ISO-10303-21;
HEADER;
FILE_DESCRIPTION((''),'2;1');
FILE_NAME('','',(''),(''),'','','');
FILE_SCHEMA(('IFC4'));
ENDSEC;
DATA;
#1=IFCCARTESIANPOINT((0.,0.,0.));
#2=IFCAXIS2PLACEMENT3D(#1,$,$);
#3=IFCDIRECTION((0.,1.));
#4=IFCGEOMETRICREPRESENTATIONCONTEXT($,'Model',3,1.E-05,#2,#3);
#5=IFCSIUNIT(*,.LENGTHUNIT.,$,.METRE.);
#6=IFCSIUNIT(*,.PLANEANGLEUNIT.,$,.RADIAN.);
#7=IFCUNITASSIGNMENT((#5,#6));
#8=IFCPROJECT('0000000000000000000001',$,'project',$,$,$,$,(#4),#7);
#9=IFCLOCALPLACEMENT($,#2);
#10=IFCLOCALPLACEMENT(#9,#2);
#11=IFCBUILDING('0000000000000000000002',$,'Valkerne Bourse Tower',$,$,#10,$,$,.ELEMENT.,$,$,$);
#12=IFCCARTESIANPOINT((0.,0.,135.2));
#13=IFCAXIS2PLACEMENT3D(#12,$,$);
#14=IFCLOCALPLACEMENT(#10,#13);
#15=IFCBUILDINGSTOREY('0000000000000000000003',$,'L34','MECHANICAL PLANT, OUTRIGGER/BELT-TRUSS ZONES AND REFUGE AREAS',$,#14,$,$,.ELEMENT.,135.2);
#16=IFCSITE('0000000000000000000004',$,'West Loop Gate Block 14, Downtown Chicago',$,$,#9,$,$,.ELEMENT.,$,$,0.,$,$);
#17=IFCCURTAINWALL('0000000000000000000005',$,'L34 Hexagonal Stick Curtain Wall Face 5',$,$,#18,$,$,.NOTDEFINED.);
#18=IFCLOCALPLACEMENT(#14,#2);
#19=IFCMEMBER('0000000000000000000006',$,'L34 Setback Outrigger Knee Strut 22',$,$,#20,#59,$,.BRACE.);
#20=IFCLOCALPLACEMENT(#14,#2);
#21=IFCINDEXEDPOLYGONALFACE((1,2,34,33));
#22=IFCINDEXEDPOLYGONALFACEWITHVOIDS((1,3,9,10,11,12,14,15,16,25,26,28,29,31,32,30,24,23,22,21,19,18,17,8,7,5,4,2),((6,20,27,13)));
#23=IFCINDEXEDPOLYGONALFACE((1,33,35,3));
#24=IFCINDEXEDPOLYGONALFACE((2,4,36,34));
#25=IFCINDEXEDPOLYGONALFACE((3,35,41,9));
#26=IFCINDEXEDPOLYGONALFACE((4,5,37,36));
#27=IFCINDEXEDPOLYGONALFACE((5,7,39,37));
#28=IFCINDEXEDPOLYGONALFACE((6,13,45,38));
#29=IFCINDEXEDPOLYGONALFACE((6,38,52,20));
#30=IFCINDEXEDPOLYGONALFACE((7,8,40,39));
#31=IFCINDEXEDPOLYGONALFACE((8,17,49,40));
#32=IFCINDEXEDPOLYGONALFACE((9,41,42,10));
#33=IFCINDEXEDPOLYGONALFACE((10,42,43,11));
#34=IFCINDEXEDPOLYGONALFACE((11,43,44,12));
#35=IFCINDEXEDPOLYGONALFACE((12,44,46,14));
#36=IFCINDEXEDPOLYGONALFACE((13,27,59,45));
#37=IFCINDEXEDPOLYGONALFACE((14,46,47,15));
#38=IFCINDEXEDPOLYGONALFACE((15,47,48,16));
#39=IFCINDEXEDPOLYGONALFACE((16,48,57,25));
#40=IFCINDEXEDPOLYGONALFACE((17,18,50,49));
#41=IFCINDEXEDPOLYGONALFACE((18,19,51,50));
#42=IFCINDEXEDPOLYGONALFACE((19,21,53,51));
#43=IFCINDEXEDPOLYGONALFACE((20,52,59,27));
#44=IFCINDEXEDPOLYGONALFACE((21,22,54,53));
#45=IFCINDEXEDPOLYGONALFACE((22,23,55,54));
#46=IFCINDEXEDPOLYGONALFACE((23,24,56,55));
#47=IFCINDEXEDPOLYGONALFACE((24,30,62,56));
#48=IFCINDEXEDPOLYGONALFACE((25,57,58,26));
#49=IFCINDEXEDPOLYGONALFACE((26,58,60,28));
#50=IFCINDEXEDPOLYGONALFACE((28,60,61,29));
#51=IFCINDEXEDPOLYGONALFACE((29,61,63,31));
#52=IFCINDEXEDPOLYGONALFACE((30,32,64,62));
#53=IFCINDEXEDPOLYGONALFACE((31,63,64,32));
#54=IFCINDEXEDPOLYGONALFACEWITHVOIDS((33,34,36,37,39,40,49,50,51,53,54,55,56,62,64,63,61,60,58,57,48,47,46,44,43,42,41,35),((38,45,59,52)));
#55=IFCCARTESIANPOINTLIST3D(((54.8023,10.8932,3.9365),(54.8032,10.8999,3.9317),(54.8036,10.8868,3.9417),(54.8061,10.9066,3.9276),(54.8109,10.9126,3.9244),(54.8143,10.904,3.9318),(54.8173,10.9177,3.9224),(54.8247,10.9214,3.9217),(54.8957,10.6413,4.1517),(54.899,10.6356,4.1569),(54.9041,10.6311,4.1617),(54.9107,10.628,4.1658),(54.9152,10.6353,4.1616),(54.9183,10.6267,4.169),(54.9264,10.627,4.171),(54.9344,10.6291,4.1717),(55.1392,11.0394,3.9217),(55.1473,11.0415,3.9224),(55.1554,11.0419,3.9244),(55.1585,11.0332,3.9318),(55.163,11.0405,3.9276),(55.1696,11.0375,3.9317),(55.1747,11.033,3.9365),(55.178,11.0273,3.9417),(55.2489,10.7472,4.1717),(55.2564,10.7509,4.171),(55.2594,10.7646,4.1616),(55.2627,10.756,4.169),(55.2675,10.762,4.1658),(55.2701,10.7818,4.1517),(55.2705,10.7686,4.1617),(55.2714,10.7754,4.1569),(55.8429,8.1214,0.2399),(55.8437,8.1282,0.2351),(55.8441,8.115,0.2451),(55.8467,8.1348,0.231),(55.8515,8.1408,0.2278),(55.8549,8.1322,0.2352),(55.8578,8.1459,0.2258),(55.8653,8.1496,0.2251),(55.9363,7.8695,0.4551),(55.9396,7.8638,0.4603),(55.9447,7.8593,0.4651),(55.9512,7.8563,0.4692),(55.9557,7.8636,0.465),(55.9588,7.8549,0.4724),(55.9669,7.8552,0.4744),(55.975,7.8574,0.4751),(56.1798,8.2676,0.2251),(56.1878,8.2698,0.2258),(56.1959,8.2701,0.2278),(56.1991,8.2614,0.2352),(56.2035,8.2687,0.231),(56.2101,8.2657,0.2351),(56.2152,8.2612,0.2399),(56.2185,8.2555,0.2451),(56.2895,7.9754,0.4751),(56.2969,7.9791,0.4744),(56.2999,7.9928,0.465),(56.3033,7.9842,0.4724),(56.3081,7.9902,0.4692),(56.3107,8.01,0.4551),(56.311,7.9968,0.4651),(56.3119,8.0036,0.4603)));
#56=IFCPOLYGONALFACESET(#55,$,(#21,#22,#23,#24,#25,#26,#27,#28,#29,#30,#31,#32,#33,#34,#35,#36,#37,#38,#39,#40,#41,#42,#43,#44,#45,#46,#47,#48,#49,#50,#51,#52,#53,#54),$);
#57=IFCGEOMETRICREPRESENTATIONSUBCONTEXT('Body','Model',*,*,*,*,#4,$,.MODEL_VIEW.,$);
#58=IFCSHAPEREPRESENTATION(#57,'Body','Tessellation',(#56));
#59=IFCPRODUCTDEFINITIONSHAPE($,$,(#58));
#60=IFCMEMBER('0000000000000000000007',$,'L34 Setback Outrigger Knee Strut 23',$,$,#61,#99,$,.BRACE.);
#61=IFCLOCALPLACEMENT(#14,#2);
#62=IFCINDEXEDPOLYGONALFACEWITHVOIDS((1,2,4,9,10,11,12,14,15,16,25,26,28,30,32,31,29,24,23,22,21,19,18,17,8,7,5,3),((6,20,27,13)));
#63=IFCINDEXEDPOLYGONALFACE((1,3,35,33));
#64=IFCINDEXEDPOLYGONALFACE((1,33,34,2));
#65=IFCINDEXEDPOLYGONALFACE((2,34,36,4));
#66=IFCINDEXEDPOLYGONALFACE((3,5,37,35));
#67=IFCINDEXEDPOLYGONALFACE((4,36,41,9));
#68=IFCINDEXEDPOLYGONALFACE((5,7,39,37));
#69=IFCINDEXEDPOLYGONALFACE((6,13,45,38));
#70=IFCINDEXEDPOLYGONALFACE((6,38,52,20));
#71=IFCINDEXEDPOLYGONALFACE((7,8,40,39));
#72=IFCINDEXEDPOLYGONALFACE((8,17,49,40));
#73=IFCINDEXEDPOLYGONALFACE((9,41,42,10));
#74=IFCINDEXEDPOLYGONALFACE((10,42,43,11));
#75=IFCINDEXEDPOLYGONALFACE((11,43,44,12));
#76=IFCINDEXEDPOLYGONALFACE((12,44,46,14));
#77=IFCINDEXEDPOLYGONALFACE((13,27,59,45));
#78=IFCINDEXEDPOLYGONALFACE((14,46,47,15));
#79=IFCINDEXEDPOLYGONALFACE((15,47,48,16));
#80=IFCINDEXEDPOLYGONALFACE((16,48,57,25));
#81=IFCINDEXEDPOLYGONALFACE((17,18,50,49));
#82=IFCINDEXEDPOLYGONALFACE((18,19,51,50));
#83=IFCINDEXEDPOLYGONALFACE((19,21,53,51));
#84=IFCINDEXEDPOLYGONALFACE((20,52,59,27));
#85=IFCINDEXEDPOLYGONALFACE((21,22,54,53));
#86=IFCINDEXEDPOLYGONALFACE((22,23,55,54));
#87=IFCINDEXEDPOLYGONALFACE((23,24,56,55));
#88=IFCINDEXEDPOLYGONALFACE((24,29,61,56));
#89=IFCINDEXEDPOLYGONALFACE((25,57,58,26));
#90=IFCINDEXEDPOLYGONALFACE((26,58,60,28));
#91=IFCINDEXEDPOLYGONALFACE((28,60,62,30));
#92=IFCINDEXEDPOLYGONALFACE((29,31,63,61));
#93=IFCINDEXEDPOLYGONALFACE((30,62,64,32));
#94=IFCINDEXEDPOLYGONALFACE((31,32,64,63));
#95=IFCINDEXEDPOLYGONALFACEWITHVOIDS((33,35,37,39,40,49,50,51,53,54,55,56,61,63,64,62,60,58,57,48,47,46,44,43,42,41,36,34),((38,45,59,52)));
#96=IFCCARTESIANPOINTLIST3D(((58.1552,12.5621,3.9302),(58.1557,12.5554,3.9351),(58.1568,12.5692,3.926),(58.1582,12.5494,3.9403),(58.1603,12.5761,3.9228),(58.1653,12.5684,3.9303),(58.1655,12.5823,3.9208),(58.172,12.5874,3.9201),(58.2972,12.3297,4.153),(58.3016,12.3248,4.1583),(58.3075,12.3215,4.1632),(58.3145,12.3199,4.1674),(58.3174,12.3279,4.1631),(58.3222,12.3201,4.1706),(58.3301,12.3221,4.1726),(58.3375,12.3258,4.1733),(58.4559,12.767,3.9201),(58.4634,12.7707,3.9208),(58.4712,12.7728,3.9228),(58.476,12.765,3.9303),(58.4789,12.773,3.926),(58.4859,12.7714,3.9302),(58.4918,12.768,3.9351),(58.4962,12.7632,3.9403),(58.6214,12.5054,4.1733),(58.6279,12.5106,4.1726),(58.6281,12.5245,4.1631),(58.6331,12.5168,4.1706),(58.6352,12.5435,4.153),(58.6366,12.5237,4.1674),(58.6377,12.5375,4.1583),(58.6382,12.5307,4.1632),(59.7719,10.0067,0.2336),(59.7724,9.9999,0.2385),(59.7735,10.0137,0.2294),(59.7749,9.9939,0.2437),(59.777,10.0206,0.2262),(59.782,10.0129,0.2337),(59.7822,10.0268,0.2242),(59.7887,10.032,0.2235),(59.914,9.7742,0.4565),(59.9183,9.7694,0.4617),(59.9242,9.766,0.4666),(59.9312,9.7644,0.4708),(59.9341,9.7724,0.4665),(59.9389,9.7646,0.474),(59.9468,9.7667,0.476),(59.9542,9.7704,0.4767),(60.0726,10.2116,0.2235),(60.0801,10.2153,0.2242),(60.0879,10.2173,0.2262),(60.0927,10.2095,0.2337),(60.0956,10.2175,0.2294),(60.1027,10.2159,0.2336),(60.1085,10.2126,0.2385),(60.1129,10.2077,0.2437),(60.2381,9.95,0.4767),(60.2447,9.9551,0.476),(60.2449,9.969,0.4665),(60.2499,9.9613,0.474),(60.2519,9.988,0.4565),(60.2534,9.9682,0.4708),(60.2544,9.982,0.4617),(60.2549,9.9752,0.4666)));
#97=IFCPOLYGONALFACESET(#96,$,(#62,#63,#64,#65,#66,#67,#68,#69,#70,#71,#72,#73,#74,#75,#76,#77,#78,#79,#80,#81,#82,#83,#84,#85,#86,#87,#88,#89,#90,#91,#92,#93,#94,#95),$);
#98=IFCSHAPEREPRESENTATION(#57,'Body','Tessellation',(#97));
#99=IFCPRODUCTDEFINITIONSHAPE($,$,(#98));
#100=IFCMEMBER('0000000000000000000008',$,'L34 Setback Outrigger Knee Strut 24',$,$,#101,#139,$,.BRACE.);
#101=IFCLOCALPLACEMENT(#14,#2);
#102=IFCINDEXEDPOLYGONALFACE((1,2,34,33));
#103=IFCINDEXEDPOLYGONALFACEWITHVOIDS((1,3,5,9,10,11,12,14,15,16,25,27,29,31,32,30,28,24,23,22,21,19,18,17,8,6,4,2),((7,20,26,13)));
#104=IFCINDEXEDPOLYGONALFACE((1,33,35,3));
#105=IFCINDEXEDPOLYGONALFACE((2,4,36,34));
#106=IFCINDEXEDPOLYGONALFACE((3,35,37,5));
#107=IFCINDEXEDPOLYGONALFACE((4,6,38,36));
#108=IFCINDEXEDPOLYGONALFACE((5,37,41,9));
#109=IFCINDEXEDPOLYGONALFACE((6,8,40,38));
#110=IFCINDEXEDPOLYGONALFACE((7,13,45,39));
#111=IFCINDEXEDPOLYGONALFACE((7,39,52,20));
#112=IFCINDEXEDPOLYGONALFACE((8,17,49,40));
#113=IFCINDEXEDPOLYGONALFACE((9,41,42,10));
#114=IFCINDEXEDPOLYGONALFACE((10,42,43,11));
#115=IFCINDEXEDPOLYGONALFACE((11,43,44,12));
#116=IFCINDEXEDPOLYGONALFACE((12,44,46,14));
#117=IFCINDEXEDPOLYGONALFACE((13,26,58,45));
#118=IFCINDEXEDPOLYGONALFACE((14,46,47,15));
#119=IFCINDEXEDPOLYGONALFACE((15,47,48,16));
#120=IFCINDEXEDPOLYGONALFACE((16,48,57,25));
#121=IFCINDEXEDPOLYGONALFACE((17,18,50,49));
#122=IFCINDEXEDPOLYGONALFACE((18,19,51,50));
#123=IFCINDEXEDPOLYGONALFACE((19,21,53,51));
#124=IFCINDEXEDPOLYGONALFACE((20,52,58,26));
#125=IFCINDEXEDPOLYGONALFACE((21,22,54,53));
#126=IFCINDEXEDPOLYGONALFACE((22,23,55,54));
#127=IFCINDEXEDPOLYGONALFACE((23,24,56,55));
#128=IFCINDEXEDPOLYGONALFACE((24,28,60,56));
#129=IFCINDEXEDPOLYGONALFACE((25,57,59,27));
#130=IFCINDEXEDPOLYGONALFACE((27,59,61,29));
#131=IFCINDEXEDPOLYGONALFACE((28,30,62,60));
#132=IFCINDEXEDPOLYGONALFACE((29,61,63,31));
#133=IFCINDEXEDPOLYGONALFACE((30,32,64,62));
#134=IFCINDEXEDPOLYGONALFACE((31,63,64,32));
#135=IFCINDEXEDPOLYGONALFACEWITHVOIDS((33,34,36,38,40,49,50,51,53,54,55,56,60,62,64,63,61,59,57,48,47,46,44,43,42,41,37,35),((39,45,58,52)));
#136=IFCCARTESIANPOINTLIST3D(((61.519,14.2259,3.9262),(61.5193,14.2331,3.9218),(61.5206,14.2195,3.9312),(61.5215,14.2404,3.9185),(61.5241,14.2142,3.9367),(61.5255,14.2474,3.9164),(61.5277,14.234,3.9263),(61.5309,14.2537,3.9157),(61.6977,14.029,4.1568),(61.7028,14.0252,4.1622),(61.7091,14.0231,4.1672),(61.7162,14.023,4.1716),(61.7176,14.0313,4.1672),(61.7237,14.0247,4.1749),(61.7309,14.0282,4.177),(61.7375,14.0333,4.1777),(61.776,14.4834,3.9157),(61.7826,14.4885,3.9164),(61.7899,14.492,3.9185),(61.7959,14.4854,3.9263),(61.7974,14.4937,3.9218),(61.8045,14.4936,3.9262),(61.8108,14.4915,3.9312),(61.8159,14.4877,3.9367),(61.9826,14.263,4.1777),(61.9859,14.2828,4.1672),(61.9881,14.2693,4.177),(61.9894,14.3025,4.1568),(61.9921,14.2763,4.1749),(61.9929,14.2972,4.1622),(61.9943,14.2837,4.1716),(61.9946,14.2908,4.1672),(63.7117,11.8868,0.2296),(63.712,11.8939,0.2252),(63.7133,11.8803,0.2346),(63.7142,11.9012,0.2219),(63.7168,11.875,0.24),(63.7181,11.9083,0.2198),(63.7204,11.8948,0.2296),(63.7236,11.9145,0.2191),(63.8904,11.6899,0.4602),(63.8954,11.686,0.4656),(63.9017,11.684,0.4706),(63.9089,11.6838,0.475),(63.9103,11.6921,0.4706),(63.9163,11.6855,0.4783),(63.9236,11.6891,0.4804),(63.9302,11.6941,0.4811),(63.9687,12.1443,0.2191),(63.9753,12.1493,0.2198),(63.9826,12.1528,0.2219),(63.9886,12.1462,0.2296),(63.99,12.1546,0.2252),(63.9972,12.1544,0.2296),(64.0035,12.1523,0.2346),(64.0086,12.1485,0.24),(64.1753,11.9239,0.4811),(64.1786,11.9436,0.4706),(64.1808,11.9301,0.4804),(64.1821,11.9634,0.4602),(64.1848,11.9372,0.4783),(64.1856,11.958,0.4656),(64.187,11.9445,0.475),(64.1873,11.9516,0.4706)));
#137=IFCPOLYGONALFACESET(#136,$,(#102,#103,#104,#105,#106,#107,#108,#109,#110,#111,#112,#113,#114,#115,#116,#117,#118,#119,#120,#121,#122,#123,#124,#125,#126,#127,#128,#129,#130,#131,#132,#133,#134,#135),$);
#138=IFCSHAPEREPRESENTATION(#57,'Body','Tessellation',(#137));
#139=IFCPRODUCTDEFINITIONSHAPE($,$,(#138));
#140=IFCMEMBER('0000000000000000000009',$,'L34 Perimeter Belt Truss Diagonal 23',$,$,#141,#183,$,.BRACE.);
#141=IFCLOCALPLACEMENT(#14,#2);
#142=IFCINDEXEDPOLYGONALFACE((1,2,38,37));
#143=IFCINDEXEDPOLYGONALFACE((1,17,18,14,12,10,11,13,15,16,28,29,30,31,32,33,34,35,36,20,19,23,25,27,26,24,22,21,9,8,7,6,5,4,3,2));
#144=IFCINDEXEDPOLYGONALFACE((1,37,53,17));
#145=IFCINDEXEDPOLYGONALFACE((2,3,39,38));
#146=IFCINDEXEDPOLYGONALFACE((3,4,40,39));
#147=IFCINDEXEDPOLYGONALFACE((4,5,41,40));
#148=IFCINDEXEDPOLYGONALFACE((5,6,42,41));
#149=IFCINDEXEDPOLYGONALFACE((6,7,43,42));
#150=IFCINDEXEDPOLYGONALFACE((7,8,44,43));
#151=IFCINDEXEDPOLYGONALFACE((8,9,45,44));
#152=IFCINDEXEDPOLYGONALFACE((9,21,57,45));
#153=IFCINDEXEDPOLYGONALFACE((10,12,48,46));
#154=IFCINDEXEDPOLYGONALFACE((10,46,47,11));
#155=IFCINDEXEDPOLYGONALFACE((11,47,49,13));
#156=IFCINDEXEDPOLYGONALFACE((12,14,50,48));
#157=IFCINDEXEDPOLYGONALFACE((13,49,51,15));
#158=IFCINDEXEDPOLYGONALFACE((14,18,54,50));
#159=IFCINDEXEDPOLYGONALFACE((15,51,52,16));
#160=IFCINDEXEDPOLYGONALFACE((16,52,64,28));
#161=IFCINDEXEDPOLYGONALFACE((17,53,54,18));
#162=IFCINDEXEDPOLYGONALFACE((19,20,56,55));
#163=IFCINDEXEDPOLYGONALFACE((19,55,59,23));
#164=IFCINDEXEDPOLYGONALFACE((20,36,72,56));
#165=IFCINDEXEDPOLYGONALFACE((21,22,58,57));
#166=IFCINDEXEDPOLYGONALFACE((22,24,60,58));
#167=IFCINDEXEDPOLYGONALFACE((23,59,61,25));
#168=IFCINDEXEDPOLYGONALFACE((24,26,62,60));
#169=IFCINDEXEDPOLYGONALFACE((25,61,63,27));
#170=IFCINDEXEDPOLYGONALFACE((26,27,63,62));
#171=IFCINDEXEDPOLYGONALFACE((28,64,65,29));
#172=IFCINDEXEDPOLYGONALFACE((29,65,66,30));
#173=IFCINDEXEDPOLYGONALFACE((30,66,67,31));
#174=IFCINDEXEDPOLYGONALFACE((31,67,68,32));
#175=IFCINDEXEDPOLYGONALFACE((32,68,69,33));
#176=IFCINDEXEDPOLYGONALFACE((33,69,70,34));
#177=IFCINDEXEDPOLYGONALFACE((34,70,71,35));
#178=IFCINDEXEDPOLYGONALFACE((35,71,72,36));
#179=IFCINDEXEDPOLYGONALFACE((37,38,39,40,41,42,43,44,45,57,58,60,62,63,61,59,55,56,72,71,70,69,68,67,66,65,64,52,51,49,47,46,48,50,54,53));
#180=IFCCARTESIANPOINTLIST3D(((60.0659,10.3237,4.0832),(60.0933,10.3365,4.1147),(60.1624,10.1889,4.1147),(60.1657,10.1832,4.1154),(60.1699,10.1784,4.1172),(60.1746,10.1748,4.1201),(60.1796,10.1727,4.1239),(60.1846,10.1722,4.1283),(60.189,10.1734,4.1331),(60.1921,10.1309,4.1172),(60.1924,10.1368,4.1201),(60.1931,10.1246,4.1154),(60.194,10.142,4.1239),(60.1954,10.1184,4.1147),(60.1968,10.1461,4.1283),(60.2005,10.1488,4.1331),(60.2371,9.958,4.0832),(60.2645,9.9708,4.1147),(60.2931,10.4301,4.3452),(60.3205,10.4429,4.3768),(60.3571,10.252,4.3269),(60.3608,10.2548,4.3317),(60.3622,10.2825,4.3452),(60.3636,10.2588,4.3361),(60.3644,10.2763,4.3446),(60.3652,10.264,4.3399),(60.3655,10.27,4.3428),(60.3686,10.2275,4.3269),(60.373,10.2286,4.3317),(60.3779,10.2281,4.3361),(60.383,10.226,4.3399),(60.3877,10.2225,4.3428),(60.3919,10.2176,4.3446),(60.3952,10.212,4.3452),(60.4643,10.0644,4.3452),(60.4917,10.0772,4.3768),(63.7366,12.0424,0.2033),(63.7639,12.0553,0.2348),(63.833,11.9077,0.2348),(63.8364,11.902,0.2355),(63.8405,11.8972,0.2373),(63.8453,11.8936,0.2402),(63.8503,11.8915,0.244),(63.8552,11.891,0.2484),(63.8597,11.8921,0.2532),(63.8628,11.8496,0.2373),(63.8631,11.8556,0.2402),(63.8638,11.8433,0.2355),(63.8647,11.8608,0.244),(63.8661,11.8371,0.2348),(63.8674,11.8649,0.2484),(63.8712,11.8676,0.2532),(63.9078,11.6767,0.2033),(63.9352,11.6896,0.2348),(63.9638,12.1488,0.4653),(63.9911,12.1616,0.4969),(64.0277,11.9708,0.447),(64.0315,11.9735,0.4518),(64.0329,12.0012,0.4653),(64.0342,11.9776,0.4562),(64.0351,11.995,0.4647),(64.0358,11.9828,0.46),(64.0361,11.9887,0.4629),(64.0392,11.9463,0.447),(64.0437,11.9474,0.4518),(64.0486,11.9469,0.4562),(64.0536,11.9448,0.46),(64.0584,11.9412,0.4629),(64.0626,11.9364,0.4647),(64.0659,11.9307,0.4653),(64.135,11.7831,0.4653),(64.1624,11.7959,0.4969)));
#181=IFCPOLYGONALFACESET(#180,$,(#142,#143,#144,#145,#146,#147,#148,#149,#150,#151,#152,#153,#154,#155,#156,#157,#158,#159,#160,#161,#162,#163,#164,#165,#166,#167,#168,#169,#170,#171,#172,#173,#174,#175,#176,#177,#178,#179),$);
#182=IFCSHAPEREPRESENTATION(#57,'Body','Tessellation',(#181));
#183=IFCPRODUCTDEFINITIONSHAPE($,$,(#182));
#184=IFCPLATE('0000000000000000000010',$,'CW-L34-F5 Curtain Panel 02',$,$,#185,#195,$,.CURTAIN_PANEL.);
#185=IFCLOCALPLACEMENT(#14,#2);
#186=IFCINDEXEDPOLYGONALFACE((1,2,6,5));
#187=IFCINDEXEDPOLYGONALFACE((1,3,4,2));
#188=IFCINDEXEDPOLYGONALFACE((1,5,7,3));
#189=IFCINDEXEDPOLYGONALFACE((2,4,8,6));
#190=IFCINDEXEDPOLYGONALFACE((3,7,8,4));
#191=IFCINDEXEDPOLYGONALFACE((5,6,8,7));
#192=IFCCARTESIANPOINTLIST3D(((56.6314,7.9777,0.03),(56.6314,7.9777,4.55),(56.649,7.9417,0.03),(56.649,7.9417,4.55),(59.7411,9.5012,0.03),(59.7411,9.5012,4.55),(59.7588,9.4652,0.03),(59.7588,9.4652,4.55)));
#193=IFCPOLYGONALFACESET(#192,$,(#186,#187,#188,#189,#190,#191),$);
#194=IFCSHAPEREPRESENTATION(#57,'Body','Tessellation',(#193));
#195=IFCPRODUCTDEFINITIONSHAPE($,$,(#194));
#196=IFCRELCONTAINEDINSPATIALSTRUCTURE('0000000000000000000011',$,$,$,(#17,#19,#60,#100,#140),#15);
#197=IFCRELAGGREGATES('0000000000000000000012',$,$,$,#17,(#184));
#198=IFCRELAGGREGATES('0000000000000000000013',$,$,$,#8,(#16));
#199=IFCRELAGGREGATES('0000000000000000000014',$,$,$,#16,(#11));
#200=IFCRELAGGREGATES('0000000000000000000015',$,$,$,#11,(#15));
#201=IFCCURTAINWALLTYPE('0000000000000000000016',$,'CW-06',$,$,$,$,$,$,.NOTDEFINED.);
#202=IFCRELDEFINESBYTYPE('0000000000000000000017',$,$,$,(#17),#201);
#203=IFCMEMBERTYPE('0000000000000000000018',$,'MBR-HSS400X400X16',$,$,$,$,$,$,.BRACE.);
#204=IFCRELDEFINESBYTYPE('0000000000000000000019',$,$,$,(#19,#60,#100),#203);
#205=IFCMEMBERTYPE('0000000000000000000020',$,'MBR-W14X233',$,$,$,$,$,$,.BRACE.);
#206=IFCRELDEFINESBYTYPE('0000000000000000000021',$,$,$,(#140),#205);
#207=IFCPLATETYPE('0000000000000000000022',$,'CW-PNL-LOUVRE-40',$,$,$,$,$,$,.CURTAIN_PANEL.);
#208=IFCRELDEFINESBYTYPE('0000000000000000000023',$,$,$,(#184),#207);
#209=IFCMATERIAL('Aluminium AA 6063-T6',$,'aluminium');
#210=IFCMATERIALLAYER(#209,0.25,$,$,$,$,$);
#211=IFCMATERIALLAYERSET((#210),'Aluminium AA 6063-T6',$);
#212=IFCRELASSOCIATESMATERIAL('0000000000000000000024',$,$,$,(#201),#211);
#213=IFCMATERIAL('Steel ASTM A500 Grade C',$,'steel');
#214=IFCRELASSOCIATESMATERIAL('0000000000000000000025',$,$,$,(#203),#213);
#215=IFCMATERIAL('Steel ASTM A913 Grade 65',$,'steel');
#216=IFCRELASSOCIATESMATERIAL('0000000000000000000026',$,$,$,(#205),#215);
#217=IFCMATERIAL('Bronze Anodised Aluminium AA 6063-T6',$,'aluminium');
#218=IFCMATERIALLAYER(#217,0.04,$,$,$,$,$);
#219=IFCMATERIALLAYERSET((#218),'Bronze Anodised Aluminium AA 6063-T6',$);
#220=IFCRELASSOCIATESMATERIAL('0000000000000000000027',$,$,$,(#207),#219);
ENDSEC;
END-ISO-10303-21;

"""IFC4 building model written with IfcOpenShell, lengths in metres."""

from ifc_helpers import new_model, si_unit, direction, frame, origin, origin_2d, place, context, subcontext, project, spatial, rectangle, hollow_rectangle, i_section, extrude, material, layer, layer_set, material_profile, profile_set, type_object, element, aggregate, save


model = new_model("IFC4")

# Units and contexts
model_context = context("Model", 3, precision=1e-05, world=origin(), true_north=direction((0.0, 1.0)))
body_context = subcontext(model_context, "Body", "Model", "MODEL_VIEW")
ifc_project = project(units=[si_unit("LENGTHUNIT", "METRE"), si_unit("PLANEANGLEUNIT", "RADIAN")], contexts=[model_context])

# Site, building, storey
site_placement = place(None, origin())
site = spatial("IfcSite", under=ifc_project, at=site_placement, Name="West Loop Gate Block 14, Downtown Chicago", CompositionType="ELEMENT", RefElevation=0.0)
building_placement = place(site_placement, origin())
building = spatial("IfcBuilding", under=site, at=building_placement, Name="Valkerne Bourse Tower", CompositionType="ELEMENT")
storey_placement = place(building_placement, frame((0.0, 0.0, 135.2)))
storey = spatial("IfcBuildingStorey", under=building, at=storey_placement, Name="L34", Description="MECHANICAL PLANT, OUTRIGGER/BELT-TRUSS ZONES AND REFUGE AREAS", CompositionType="ELEMENT", Elevation=135.2)

# Shared definitions
ifc_material_1 = material(Name="Steel ASTM A913 Grade 65", Category="steel")

# Curtain wall
ifc_material_2 = material(Name="Aluminium AA 6063-T6", Category="aluminium")
ifc_layer_1 = layer(ifc_material_2, 0.25)
ifc_layer_set_1 = layer_set([ifc_layer_1], Name="Aluminium AA 6063-T6")
curtain_wall_type = type_object("IfcCurtainWallType", Name="CW-06", PredefinedType="NOTDEFINED", material=ifc_layer_set_1)
curtain_wall_1_placement = place(storey_placement, origin())
curtain_wall_1 = element("IfcCurtainWall", 1, at=curtain_wall_1_placement, inside=storey, type_object=curtain_wall_type, Name="L34 Hexagonal Stick Curtain Wall Face 5", PredefinedType="NOTDEFINED")

# Members
ifc_material_3 = material(Name="Steel ASTM A500 Grade C", Category="steel")
ifc_material_profile_1 = material_profile(ifc_material_3, hollow_rectangle(XDim=0.3999, YDim=0.3999, WallThickness=0.0161, OuterFilletRadius=0.032, at=origin_2d()), Name="HSS400X400X16")
ifc_profile_set_1 = profile_set([ifc_material_profile_1], Name="Steel ASTM A500 Grade C")
member_type_1 = type_object("IfcMemberType", Name="MBR-HSS400X400X16", PredefinedType="BRACE", material=ifc_profile_set_1)
member_1_placement = place(storey_placement, frame((56.0774, 8.0625, 0.3501), z_axis=(-0.219707, 0.585249, 0.780521), x_axis=(-0.936204, -0.351458, 0.0)))
element("IfcMember", 2, at=member_1_placement, inside=storey, type_object=member_type_1, Name="L34 Setback Outrigger Knee Strut 22", PredefinedType="BRACE", context=body_context, shape_type="SweptSolid", body=[
    extrude(hollow_rectangle(XDim=0.3999, YDim=0.3999, WallThickness=0.0161, OuterFilletRadius=0.032, at=origin_2d()), origin(), (0.0, 0.0, 1.0), 4.7361),
])
member_2_placement = place(storey_placement, frame((60.0134, 9.991, 0.3501), z_axis=(-0.338519, 0.535077, 0.774014), x_axis=(-0.845078, -0.534643, 0.0)))
element("IfcMember", 3, at=member_2_placement, inside=storey, type_object=member_type_1, Name="L34 Setback Outrigger Knee Strut 23", PredefinedType="BRACE", context=body_context, shape_type="SweptSolid", body=[
    extrude(hollow_rectangle(XDim=0.3999, YDim=0.3999, WallThickness=0.0161, OuterFilletRadius=0.032, at=origin_2d()), origin(), (0.0, 0.0, 1.0), 4.7759),
])
member_3_placement = place(storey_placement, frame((63.9495, 11.9192, 0.3501), z_axis=(-0.448097, 0.478033, 0.755443), x_axis=(-0.729582, -0.683893, 0.0)))
element("IfcMember", 4, at=member_3_placement, inside=storey, type_object=member_type_1, Name="L34 Setback Outrigger Knee Strut 24", PredefinedType="BRACE", context=body_context, shape_type="SweptSolid", body=[
    extrude(hollow_rectangle(XDim=0.3999, YDim=0.3999, WallThickness=0.0161, OuterFilletRadius=0.032, at=origin_2d()), origin(), (0.0, 0.0, 1.0), 4.8933),
])
ifc_material_profile_2 = material_profile(ifc_material_1, i_section(OverallWidth=0.4038, OverallDepth=0.4065, WebThickness=0.0271, FlangeThickness=0.0437, FilletRadius=0.0254, at=origin_2d()), Name="W14X233")
ifc_profile_set_2 = profile_set([ifc_material_profile_2], Name="Steel ASTM A913 Grade 65")
member_type_2 = type_object("IfcMemberType", Name="MBR-W14X233", PredefinedType="BRACE", material=ifc_profile_set_2)
member_4_placement = place(storey_placement, frame((63.9495, 11.9192, 0.3501), z_axis=(-0.65421, -0.306328, 0.6915), x_axis=(0.424056, -0.905636, 0.0)))
element("IfcMember", 5, at=member_4_placement, inside=storey, type_object=member_type_2, Name="L34 Perimeter Belt Truss Diagonal 23", PredefinedType="BRACE", context=body_context, shape_type="SweptSolid", body=[
    extrude(i_section(OverallWidth=0.4038, OverallDepth=0.4065, WebThickness=0.0271, FlangeThickness=0.0437, FilletRadius=0.0254, at=origin_2d()), origin(), (0.0, 0.0, 1.0), 5.6108),
])

# Plate
ifc_material_4 = material(Name="Bronze Anodised Aluminium AA 6063-T6", Category="aluminium")
ifc_layer_2 = layer(ifc_material_4, 0.04)
ifc_layer_set_2 = layer_set([ifc_layer_2], Name="Bronze Anodised Aluminium AA 6063-T6")
plate_type_1 = type_object("IfcPlateType", Name="CW-PNL-LOUVRE-40", PredefinedType="CURTAIN_PANEL", material=ifc_layer_set_2)
plate_1_placement = place(storey_placement, frame((58.1951, 8.7214, 0.03), z_axis=(0.0, 0.0, 1.0), x_axis=(0.898025, 0.439944, 0.0)))
plate_1 = element("IfcPlate", 6, at=plate_1_placement, type_object=plate_type_1, Name="CW-L34-F5 Curtain Panel 02", PredefinedType="CURTAIN_PANEL", context=body_context, shape_type="SweptSolid", body=[
    extrude(rectangle(XDim=3.4629, YDim=0.04, at=origin_2d()), origin(), (0.0, 0.0, 1.0), 4.52),
])
aggregate(curtain_wall_1, [plate_1])

save(model, "model.ifc")
